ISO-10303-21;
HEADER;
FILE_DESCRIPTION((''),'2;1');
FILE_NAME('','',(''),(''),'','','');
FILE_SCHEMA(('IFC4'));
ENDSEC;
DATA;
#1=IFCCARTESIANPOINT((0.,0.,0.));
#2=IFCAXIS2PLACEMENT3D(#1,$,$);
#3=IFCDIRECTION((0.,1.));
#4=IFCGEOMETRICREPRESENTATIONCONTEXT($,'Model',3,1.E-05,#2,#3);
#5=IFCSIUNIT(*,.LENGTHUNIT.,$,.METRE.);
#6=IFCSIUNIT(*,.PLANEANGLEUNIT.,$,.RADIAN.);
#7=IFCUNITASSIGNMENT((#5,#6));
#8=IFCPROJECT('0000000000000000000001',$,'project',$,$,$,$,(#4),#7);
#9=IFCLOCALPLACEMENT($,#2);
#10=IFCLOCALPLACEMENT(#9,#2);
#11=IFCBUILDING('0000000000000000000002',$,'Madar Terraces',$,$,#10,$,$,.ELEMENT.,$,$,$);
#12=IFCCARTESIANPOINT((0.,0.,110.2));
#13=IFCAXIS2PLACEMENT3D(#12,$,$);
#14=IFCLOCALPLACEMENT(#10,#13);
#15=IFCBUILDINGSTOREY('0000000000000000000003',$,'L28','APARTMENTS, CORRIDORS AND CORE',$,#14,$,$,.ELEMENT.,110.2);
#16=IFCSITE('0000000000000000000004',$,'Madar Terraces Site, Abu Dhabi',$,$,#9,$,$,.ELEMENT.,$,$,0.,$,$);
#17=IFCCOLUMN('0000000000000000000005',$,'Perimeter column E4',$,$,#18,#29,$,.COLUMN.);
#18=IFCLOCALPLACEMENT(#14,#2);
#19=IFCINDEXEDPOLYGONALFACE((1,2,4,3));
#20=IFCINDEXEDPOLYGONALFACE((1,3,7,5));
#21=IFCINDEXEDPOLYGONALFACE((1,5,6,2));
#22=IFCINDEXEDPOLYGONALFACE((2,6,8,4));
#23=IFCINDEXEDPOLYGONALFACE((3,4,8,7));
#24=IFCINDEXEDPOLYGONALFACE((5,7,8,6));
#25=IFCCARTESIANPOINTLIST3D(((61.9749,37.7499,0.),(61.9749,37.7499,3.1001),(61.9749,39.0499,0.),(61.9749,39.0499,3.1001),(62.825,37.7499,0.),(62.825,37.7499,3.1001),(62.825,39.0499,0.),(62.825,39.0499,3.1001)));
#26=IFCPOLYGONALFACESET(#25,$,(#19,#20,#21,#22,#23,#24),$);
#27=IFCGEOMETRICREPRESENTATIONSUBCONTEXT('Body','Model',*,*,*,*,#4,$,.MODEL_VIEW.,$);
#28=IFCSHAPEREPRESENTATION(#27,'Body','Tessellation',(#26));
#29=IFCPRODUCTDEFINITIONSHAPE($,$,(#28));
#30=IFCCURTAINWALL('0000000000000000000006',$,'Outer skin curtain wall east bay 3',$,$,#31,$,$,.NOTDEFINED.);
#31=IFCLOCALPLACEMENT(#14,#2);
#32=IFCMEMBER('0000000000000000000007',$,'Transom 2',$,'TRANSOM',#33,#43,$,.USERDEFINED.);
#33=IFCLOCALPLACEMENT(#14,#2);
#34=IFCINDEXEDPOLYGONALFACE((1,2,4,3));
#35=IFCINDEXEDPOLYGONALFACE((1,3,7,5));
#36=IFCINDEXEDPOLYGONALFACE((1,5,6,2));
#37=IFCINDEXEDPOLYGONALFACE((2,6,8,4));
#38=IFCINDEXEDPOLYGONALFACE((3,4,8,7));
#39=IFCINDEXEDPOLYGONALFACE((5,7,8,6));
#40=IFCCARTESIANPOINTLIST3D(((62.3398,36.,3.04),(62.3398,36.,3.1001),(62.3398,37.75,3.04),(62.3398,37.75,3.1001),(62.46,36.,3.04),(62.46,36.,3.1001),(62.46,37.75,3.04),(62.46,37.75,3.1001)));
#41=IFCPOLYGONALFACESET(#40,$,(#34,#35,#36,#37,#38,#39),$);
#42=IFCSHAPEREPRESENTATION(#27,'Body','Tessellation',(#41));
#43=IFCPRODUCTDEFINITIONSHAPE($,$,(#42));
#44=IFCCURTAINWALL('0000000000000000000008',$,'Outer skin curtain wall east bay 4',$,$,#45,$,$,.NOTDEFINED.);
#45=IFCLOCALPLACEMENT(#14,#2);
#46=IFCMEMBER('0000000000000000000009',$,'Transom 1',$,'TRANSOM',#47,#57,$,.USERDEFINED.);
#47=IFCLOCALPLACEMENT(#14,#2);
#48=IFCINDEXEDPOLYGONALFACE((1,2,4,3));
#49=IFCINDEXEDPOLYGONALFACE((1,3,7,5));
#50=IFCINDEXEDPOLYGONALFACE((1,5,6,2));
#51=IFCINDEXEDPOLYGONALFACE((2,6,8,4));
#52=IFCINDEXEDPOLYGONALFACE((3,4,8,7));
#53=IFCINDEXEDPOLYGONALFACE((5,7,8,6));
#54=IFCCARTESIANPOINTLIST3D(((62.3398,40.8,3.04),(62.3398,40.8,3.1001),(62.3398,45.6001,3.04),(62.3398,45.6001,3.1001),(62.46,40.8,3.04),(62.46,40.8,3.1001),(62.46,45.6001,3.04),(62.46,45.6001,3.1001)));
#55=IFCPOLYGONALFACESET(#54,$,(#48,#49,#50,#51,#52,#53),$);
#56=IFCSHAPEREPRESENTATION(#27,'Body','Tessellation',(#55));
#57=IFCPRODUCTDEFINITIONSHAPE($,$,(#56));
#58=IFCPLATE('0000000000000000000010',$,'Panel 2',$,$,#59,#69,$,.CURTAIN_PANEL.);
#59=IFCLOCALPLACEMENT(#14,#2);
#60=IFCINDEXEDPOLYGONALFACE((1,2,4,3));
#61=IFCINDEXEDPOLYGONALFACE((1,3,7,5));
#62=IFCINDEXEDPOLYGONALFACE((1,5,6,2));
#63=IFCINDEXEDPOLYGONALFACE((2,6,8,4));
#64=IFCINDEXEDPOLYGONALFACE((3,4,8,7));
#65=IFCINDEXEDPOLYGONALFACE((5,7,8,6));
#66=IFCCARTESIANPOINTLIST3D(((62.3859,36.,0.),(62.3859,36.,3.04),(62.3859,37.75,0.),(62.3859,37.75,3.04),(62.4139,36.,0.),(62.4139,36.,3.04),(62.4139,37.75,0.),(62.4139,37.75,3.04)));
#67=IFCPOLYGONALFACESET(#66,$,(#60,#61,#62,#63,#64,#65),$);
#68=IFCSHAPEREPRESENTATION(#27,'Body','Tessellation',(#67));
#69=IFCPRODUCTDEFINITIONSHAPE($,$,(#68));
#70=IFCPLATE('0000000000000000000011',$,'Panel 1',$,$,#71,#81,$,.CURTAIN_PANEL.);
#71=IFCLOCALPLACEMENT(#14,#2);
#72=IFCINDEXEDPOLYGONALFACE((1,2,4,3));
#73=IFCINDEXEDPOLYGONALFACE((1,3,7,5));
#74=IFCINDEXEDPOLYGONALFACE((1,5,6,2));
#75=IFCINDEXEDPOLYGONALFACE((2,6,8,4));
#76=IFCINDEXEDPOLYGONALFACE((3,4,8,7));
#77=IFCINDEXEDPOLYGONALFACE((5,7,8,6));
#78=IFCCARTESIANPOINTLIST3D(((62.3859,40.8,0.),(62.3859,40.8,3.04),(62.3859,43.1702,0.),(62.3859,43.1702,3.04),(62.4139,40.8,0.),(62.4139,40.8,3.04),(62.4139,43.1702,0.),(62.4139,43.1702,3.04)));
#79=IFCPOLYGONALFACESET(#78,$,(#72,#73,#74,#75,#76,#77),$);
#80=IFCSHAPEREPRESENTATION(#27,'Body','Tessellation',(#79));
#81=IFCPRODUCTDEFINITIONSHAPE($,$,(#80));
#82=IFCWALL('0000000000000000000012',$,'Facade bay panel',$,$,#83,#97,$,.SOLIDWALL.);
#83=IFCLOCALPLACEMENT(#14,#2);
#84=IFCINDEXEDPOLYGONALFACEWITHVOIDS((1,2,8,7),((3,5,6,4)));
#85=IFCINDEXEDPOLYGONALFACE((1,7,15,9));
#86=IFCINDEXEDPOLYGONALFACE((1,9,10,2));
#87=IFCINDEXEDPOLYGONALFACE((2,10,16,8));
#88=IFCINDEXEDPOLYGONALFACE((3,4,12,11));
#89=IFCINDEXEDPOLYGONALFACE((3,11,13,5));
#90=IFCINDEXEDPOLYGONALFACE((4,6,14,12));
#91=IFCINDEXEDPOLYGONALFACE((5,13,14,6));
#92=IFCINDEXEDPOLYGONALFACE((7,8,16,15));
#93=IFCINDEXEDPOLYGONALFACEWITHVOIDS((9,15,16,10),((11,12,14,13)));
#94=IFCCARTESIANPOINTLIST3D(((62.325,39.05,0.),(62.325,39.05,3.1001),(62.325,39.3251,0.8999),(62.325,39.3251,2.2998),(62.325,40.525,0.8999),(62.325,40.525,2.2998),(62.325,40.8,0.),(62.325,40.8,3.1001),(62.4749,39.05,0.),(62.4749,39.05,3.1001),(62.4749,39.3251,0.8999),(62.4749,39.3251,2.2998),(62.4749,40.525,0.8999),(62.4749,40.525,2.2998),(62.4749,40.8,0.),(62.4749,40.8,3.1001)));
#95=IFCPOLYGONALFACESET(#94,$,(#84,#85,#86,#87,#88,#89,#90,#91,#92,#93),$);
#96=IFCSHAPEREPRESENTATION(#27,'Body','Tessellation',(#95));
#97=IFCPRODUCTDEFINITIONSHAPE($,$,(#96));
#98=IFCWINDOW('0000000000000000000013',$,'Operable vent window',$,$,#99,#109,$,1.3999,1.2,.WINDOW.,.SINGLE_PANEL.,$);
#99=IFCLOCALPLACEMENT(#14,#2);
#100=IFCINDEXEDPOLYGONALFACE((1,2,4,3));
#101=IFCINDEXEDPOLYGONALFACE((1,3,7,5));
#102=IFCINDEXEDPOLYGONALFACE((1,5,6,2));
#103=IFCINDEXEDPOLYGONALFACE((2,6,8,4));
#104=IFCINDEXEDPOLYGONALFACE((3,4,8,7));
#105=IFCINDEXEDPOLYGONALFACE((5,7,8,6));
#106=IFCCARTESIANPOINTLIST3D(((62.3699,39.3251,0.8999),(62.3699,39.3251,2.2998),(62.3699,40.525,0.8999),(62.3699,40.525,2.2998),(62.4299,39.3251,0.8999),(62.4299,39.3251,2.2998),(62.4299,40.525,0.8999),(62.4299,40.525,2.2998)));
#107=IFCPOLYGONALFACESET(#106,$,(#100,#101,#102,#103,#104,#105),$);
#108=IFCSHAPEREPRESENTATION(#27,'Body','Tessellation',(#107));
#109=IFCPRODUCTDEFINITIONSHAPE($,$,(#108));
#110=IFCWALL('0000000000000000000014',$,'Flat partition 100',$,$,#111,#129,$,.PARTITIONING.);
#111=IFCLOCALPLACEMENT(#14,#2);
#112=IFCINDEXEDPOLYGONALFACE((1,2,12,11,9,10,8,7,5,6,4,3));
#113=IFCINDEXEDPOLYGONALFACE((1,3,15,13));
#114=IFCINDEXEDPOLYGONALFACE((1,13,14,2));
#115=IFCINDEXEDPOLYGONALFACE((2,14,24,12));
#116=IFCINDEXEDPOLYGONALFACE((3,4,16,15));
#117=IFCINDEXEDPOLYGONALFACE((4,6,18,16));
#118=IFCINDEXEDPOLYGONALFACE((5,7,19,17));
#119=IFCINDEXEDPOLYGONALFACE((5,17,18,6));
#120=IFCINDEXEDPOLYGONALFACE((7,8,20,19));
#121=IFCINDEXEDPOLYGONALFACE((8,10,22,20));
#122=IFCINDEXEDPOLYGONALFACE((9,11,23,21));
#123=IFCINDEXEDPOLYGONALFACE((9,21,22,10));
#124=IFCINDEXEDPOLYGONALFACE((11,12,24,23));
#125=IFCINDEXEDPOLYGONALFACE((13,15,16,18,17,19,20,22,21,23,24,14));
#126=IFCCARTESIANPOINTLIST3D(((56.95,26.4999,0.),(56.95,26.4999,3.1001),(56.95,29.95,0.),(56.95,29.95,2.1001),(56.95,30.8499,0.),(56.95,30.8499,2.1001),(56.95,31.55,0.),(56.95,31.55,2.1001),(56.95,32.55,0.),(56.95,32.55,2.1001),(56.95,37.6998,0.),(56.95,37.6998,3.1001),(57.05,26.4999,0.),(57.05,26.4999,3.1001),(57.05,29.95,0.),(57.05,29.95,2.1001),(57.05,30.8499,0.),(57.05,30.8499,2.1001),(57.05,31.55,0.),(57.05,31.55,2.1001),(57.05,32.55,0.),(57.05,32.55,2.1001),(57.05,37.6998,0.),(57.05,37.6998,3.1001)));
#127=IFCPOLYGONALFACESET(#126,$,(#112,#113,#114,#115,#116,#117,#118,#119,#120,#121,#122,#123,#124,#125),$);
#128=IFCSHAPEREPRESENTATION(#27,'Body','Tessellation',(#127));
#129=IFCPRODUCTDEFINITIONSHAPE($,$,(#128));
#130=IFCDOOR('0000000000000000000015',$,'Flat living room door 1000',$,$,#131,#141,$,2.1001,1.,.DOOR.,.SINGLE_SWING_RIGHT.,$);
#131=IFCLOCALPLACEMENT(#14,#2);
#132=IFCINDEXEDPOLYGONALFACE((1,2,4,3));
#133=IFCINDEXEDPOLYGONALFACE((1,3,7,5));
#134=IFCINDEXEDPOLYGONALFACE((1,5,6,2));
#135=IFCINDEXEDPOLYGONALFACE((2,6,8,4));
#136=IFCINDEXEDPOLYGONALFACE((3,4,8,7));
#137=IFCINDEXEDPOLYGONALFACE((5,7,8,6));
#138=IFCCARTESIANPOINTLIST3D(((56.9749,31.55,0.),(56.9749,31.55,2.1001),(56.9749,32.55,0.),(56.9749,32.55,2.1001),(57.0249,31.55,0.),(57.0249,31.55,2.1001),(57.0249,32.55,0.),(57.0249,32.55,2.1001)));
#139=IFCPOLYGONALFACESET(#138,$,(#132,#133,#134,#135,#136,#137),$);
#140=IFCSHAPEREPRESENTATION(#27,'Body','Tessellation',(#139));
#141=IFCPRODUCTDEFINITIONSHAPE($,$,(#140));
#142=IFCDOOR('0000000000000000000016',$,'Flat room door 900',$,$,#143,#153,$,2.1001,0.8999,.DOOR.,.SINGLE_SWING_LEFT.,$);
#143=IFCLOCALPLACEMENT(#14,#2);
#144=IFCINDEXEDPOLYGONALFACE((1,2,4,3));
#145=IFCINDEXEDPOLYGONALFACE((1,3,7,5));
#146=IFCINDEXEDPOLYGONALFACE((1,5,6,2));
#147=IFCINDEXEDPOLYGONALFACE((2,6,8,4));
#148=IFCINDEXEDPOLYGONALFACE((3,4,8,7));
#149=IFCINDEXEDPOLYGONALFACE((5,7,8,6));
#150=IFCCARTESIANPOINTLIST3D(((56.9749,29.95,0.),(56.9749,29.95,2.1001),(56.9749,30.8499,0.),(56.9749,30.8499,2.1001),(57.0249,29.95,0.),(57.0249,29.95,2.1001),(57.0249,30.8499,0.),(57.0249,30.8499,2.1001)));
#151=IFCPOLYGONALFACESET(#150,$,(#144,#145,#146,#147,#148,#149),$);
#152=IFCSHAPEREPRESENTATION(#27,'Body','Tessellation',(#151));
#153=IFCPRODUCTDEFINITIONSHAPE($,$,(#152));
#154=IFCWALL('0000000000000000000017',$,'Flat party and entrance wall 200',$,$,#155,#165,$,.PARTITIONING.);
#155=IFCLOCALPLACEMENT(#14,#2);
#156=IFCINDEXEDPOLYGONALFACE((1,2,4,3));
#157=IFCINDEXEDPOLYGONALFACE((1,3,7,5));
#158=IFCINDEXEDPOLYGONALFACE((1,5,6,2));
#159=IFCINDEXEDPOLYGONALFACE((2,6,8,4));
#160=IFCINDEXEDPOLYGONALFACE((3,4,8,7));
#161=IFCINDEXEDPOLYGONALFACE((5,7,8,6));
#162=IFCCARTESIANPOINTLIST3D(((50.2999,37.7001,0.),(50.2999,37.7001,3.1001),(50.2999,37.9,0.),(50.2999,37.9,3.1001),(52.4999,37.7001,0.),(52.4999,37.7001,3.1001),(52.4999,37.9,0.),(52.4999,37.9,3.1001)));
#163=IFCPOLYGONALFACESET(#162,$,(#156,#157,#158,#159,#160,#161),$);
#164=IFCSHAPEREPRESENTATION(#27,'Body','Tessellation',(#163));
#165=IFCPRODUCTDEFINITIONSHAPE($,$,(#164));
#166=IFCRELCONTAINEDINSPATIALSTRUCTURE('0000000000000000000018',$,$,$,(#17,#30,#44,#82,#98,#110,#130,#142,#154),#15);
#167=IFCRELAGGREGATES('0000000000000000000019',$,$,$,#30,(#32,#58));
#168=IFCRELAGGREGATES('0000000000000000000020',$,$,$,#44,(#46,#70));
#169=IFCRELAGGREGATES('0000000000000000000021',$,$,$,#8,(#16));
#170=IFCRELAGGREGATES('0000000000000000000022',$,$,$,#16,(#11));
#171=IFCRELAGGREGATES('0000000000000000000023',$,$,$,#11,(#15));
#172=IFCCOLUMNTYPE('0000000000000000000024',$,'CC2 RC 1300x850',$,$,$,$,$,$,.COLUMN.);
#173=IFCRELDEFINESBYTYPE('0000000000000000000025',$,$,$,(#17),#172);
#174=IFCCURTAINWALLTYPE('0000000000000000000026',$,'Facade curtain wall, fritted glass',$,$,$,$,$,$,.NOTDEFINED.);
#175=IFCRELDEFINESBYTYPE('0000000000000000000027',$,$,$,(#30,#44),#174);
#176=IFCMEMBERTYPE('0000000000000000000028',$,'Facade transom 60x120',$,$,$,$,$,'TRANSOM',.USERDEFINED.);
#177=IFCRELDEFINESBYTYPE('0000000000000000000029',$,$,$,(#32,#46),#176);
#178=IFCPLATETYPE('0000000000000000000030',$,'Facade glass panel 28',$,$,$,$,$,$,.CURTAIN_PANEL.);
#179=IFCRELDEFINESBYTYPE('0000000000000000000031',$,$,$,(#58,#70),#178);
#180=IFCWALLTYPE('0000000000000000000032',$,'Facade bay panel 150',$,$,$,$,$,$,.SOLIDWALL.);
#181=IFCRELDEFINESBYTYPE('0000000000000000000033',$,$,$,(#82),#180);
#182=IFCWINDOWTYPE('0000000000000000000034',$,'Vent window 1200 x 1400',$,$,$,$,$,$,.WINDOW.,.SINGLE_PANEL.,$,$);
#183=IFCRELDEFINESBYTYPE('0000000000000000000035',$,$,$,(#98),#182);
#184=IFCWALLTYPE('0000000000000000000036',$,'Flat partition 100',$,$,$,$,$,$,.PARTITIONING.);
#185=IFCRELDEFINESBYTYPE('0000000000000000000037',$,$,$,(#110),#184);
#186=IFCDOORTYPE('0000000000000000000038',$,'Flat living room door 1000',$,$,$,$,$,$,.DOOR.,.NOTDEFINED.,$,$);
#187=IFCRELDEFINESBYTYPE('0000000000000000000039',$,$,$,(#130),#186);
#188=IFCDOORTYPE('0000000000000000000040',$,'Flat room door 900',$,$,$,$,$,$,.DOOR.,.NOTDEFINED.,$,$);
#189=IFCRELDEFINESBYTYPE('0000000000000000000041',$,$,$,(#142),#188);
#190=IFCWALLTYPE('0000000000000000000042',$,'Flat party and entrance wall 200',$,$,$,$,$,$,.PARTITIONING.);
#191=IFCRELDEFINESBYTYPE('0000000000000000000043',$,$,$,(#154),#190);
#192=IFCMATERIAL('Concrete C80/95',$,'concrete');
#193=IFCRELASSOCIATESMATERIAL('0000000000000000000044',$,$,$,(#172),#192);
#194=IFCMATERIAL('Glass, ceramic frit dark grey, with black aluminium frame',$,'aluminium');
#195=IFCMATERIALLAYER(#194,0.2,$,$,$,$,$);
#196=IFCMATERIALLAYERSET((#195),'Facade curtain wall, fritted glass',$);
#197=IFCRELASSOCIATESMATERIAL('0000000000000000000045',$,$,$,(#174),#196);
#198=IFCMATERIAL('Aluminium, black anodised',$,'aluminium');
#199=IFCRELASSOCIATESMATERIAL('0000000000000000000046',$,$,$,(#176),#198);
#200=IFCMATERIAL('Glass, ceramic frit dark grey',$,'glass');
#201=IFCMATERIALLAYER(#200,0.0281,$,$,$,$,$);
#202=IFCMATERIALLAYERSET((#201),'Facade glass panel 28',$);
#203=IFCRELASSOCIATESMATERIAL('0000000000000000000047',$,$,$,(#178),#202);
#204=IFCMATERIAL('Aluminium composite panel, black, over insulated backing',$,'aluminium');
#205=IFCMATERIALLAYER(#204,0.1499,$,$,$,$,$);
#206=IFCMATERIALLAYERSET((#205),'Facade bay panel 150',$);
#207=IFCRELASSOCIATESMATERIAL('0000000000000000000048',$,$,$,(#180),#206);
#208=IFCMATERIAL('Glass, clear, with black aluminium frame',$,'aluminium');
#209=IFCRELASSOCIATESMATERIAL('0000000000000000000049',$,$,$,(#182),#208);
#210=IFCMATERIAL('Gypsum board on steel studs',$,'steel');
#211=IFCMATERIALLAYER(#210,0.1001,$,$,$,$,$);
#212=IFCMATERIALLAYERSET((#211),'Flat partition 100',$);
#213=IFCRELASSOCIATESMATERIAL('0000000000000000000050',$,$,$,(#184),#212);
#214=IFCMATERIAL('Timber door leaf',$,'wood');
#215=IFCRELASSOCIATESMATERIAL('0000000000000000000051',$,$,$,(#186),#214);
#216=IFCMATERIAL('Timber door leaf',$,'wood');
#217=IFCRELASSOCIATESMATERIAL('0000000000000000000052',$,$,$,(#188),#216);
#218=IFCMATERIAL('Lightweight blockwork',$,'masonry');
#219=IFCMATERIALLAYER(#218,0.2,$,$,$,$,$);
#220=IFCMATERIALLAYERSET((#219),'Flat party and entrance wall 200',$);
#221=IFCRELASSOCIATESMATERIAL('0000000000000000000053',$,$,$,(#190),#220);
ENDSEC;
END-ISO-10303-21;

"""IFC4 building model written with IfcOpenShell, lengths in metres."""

from ifc_helpers import new_model, si_unit, direction, frame, frame_2d, origin, origin_2d, place, context, subcontext, project, spatial, rectangle, extrude, material, layer, layer_set, material_profile, profile_set, type_object, element, fill, aggregate, save


model = new_model("IFC4")

# Units and contexts
model_context = context("Model", 3, precision=1e-05, world=origin(), true_north=direction((0.0, 1.0)))
body_context = subcontext(model_context, "Body", "Model", "MODEL_VIEW")
ifc_project = project(units=[si_unit("LENGTHUNIT", "METRE"), si_unit("PLANEANGLEUNIT", "RADIAN")], contexts=[model_context])

# Site, building, storey
site_placement = place(None, origin())
site = spatial("IfcSite", under=ifc_project, at=site_placement, Name="Madar Terraces Site, Abu Dhabi", CompositionType="ELEMENT", RefElevation=0.0)
building_placement = place(site_placement, origin())
building = spatial("IfcBuilding", under=site, at=building_placement, Name="Madar Terraces", CompositionType="ELEMENT")
storey_placement = place(building_placement, frame((0.0, 0.0, 110.2)))
storey = spatial("IfcBuildingStorey", under=building, at=storey_placement, Name="L28", Description="APARTMENTS, CORRIDORS AND CORE", CompositionType="ELEMENT", Elevation=110.2)

# Column
ifc_material_1 = material(Name="Concrete C80/95", Category="concrete")
ifc_material_profile_1 = material_profile(ifc_material_1, rectangle(XDim=1.3, YDim=0.8501, at=origin_2d()), Name="CC2 RC 1300x850")
ifc_profile_set_1 = profile_set([ifc_material_profile_1], Name="Concrete C80/95")
column_type = type_object("IfcColumnType", Name="CC2 RC 1300x850", PredefinedType="COLUMN", material=ifc_profile_set_1)
column_placement = place(storey_placement, frame((62.3999, 38.3999, 0.0), z_axis=(0.0, 0.0, 1.0), x_axis=(0.0, 1.0, 0.0)))
element("IfcColumn", 1, at=column_placement, inside=storey, type_object=column_type, Name="Perimeter column E4", PredefinedType="COLUMN", context=body_context, shape_type="SweptSolid", body=[
    extrude(rectangle(XDim=1.3, YDim=0.8501, at=origin_2d()), origin(), (0.0, 0.0, 1.0), 3.1001),
])

# Curtain walls, members
ifc_material_2 = material(Name="Glass, ceramic frit dark grey, with black aluminium frame", Category="aluminium")
ifc_layer_1 = layer(ifc_material_2, 0.2)
ifc_layer_set_1 = layer_set([ifc_layer_1], Name="Facade curtain wall, fritted glass")
curtain_wall_type = type_object("IfcCurtainWallType", Name="Facade curtain wall, fritted glass", PredefinedType="NOTDEFINED", material=ifc_layer_set_1)
curtain_wall_1_placement = place(storey_placement, origin())
curtain_wall_1 = element("IfcCurtainWall", 2, at=curtain_wall_1_placement, inside=storey, type_object=curtain_wall_type, Name="Outer skin curtain wall east bay 3", PredefinedType="NOTDEFINED")
ifc_material_3 = material(Name="Aluminium, black anodised", Category="aluminium")
ifc_material_profile_2 = material_profile(ifc_material_3, rectangle(XDim=0.1201, YDim=0.0601, at=origin_2d()), Name="Facade transom 60x120")
ifc_profile_set_2 = profile_set([ifc_material_profile_2], Name="Aluminium, black anodised")
member_type = type_object("IfcMemberType", Name="Facade transom 60x120", ElementType="TRANSOM", PredefinedType="USERDEFINED", material=ifc_profile_set_2)
member_1_placement = place(storey_placement, frame((62.3999, 36.0, 3.0701), z_axis=(0.0, 1.0, 0.0), x_axis=(-1.0, 0.0, 0.0)))
member_1 = element("IfcMember", 3, at=member_1_placement, type_object=member_type, Name="Transom 2", ObjectType="TRANSOM", PredefinedType="USERDEFINED", context=body_context, shape_type="SweptSolid", body=[
    extrude(rectangle(XDim=0.1201, YDim=0.0601, at=origin_2d()), origin(), (0.0, 0.0, 1.0), 1.75),
])
curtain_wall_2_placement = place(storey_placement, origin())
curtain_wall_2 = element("IfcCurtainWall", 4, at=curtain_wall_2_placement, inside=storey, type_object=curtain_wall_type, Name="Outer skin curtain wall east bay 4", PredefinedType="NOTDEFINED")
member_2_placement = place(storey_placement, frame((62.3999, 40.8, 3.0701), z_axis=(0.0, 1.0, 0.0), x_axis=(-1.0, 0.0, 0.0)))
member_2 = element("IfcMember", 5, at=member_2_placement, type_object=member_type, Name="Transom 1", ObjectType="TRANSOM", PredefinedType="USERDEFINED", context=body_context, shape_type="SweptSolid", body=[
    extrude(rectangle(XDim=0.1201, YDim=0.0601, at=origin_2d()), origin(), (0.0, 0.0, 1.0), 4.8),
])

# Plates
ifc_material_4 = material(Name="Glass, ceramic frit dark grey", Category="glass")
ifc_layer_2 = layer(ifc_material_4, 0.0281)
ifc_layer_set_2 = layer_set([ifc_layer_2], Name="Facade glass panel 28")
plate_type = type_object("IfcPlateType", Name="Facade glass panel 28", PredefinedType="CURTAIN_PANEL", material=ifc_layer_set_2)
plate_1_placement = place(storey_placement, frame((62.3999, 36.875, 0.0), z_axis=(0.0, 0.0, 1.0), x_axis=(0.0, 1.0, 0.0)))
plate_1 = element("IfcPlate", 6, at=plate_1_placement, type_object=plate_type, Name="Panel 2", PredefinedType="CURTAIN_PANEL", context=body_context, shape_type="SweptSolid", body=[
    extrude(rectangle(XDim=1.75, YDim=0.0281, at=origin_2d()), origin(), (0.0, 0.0, 1.0), 3.04),
])
aggregate(curtain_wall_1, [member_1, plate_1])
plate_2_placement = place(storey_placement, frame((62.3999, 41.9851, 0.0), z_axis=(0.0, 0.0, 1.0), x_axis=(0.0, 1.0, 0.0)))
plate_2 = element("IfcPlate", 7, at=plate_2_placement, type_object=plate_type, Name="Panel 1", PredefinedType="CURTAIN_PANEL", context=body_context, shape_type="SweptSolid", body=[
    extrude(rectangle(XDim=2.3701, YDim=0.0281, at=origin_2d()), origin(), (0.0, 0.0, 1.0), 3.04),
])
aggregate(curtain_wall_2, [member_2, plate_2])

# Wall, opening, window
ifc_material_5 = material(Name="Aluminium composite panel, black, over insulated backing", Category="aluminium")
ifc_layer_3 = layer(ifc_material_5, 0.1499)
ifc_layer_set_3 = layer_set([ifc_layer_3], Name="Facade bay panel 150")
wall_type_1 = type_object("IfcWallType", Name="Facade bay panel 150", PredefinedType="SOLIDWALL", material=ifc_layer_set_3)
wall_1_placement = place(storey_placement, frame((62.3999, 39.05, 0.0), z_axis=(0.0, 0.0, 1.0), x_axis=(0.0, 1.0, 0.0)))
wall_1 = element("IfcWall", 8, at=wall_1_placement, inside=storey, type_object=wall_type_1, Name="Facade bay panel", PredefinedType="SOLIDWALL", context=body_context, shape_type="SweptSolid", body=[
    extrude(rectangle(XDim=1.75, YDim=0.1499, at=frame_2d((0.875, 0.0))), origin(), (0.0, 0.0, 1.0), 3.1001),
])
opening_1_placement = place(wall_1_placement, frame((0.2749, 0.0, 0.8999)))
opening_1 = element("IfcOpeningElement", 9, at=opening_1_placement, cuts=wall_1, PredefinedType="OPENING", context=body_context, shape_type="SweptSolid", body=[
    extrude(rectangle(XDim=1.2, YDim=1.3999, at=frame_2d((0.6001, 0.7))), frame((0.0, 0.085, 0.0), z_axis=(0.0, -1.0, 0.0), x_axis=(1.0, 0.0, 0.0)), (0.0, 0.0, 1.0), 0.1699),
])
ifc_material_6 = material(Name="Glass, clear, with black aluminium frame", Category="aluminium")
window_type = type_object("IfcWindowType", Name="Vent window 1200 x 1400", PartitioningType="SINGLE_PANEL", PredefinedType="WINDOW", material=ifc_material_6)
window_placement = place(opening_1_placement, origin())
window = element("IfcWindow", 10, at=window_placement, inside=storey, type_object=window_type, Name="Operable vent window", OverallHeight=1.3999, OverallWidth=1.2, PartitioningType="SINGLE_PANEL", PredefinedType="WINDOW", context=body_context, shape_type="SweptSolid", body=[
    extrude(rectangle(XDim=1.2, YDim=1.3999, at=frame_2d((0.6001, 0.7))), frame((0.0, 0.03, 0.0), z_axis=(0.0, -1.0, 0.0), x_axis=(1.0, 0.0, 0.0)), (0.0, 0.0, 1.0), 0.0601),
])
fill(opening_1, window)

# Wall, openings, doors
ifc_material_7 = material(Name="Gypsum board on steel studs", Category="steel")
ifc_layer_4 = layer(ifc_material_7, 0.1001)
ifc_layer_set_4 = layer_set([ifc_layer_4], Name="Flat partition 100")
wall_type_2 = type_object("IfcWallType", Name="Flat partition 100", PredefinedType="PARTITIONING", material=ifc_layer_set_4)
wall_2_placement = place(storey_placement, frame((57.0, 37.7, 0.0), z_axis=(0.0, 0.0, 1.0), x_axis=(0.0, -1.0, 0.0)))
wall_2 = element("IfcWall", 11, at=wall_2_placement, inside=storey, type_object=wall_type_2, Name="Flat partition 100", PredefinedType="PARTITIONING", context=body_context, shape_type="SweptSolid", body=[
    extrude(rectangle(XDim=11.2, YDim=0.1001, at=frame_2d((5.6001, 0.0))), origin(), (0.0, 0.0, 1.0), 3.1001),
])
opening_2_placement = place(wall_2_placement, frame((6.8501, 0.0, 0.0)))
opening_2 = element("IfcOpeningElement", 12, at=opening_2_placement, cuts=wall_2, PredefinedType="OPENING", context=body_context, shape_type="SweptSolid", body=[
    extrude(rectangle(XDim=0.8999, YDim=2.1001, at=frame_2d((0.45, 1.05))), frame((0.0, 0.0601, 0.0), z_axis=(0.0, -1.0, 0.0), x_axis=(1.0, 0.0, 0.0)), (0.0, 0.0, 1.0), 0.1201),
])
opening_3_placement = place(wall_2_placement, frame((5.1499, 0.0, 0.0)))
opening_3 = element("IfcOpeningElement", 13, at=opening_3_placement, cuts=wall_2, PredefinedType="OPENING", context=body_context, shape_type="SweptSolid", body=[
    extrude(rectangle(XDim=1.0, YDim=2.1001, at=frame_2d((0.5, 1.05))), frame((0.0, 0.0601, 0.0), z_axis=(0.0, -1.0, 0.0), x_axis=(1.0, 0.0, 0.0)), (0.0, 0.0, 1.0), 0.1201),
])
ifc_material_8 = material(Name="Timber door leaf", Category="wood")
door_type_1 = type_object("IfcDoorType", Name="Flat living room door 1000", OperationType="NOTDEFINED", PredefinedType="DOOR", material=ifc_material_8)
door_1_placement = place(opening_3_placement, origin())
door_1 = element("IfcDoor", 14, at=door_1_placement, inside=storey, type_object=door_type_1, Name="Flat living room door 1000", OperationType="SINGLE_SWING_RIGHT", OverallHeight=2.1001, OverallWidth=1.0, PredefinedType="DOOR", context=body_context, shape_type="SweptSolid", body=[
    extrude(rectangle(XDim=1.0, YDim=2.1001, at=frame_2d((0.5, 1.05))), frame((0.0, 0.0249, 0.0), z_axis=(0.0, -1.0, 0.0), x_axis=(1.0, 0.0, 0.0)), (0.0, 0.0, 1.0), 0.05),
])
fill(opening_3, door_1)
ifc_material_9 = material(Name="Timber door leaf", Category="wood")
door_type_2 = type_object("IfcDoorType", Name="Flat room door 900", OperationType="NOTDEFINED", PredefinedType="DOOR", material=ifc_material_9)
door_2_placement = place(opening_2_placement, origin())
door_2 = element("IfcDoor", 15, at=door_2_placement, inside=storey, type_object=door_type_2, Name="Flat room door 900", OperationType="SINGLE_SWING_LEFT", OverallHeight=2.1001, OverallWidth=0.8999, PredefinedType="DOOR", context=body_context, shape_type="SweptSolid", body=[
    extrude(rectangle(XDim=0.8999, YDim=2.1001, at=frame_2d((0.45, 1.05))), frame((0.0, 0.0249, 0.0), z_axis=(0.0, -1.0, 0.0), x_axis=(1.0, 0.0, 0.0)), (0.0, 0.0, 1.0), 0.05),
])
fill(opening_2, door_2)

# Wall
ifc_material_10 = material(Name="Lightweight blockwork", Category="masonry")
ifc_layer_5 = layer(ifc_material_10, 0.2)
ifc_layer_set_5 = layer_set([ifc_layer_5], Name="Flat party and entrance wall 200")
wall_type_3 = type_object("IfcWallType", Name="Flat party and entrance wall 200", PredefinedType="PARTITIONING", material=ifc_layer_set_5)
wall_3_placement = place(storey_placement, frame((52.5, 37.8, 0.0), z_axis=(0.0, 0.0, 1.0), x_axis=(-1.0, 0.0, 0.0)))
element("IfcWall", 16, at=wall_3_placement, inside=storey, type_object=wall_type_3, Name="Flat party and entrance wall 200", PredefinedType="PARTITIONING", context=body_context, shape_type="SweptSolid", body=[
    extrude(rectangle(XDim=2.2, YDim=0.2, at=frame_2d((1.1001, 0.0))), origin(), (0.0, 0.0, 1.0), 3.1001),
])

save(model, "model.ifc")
